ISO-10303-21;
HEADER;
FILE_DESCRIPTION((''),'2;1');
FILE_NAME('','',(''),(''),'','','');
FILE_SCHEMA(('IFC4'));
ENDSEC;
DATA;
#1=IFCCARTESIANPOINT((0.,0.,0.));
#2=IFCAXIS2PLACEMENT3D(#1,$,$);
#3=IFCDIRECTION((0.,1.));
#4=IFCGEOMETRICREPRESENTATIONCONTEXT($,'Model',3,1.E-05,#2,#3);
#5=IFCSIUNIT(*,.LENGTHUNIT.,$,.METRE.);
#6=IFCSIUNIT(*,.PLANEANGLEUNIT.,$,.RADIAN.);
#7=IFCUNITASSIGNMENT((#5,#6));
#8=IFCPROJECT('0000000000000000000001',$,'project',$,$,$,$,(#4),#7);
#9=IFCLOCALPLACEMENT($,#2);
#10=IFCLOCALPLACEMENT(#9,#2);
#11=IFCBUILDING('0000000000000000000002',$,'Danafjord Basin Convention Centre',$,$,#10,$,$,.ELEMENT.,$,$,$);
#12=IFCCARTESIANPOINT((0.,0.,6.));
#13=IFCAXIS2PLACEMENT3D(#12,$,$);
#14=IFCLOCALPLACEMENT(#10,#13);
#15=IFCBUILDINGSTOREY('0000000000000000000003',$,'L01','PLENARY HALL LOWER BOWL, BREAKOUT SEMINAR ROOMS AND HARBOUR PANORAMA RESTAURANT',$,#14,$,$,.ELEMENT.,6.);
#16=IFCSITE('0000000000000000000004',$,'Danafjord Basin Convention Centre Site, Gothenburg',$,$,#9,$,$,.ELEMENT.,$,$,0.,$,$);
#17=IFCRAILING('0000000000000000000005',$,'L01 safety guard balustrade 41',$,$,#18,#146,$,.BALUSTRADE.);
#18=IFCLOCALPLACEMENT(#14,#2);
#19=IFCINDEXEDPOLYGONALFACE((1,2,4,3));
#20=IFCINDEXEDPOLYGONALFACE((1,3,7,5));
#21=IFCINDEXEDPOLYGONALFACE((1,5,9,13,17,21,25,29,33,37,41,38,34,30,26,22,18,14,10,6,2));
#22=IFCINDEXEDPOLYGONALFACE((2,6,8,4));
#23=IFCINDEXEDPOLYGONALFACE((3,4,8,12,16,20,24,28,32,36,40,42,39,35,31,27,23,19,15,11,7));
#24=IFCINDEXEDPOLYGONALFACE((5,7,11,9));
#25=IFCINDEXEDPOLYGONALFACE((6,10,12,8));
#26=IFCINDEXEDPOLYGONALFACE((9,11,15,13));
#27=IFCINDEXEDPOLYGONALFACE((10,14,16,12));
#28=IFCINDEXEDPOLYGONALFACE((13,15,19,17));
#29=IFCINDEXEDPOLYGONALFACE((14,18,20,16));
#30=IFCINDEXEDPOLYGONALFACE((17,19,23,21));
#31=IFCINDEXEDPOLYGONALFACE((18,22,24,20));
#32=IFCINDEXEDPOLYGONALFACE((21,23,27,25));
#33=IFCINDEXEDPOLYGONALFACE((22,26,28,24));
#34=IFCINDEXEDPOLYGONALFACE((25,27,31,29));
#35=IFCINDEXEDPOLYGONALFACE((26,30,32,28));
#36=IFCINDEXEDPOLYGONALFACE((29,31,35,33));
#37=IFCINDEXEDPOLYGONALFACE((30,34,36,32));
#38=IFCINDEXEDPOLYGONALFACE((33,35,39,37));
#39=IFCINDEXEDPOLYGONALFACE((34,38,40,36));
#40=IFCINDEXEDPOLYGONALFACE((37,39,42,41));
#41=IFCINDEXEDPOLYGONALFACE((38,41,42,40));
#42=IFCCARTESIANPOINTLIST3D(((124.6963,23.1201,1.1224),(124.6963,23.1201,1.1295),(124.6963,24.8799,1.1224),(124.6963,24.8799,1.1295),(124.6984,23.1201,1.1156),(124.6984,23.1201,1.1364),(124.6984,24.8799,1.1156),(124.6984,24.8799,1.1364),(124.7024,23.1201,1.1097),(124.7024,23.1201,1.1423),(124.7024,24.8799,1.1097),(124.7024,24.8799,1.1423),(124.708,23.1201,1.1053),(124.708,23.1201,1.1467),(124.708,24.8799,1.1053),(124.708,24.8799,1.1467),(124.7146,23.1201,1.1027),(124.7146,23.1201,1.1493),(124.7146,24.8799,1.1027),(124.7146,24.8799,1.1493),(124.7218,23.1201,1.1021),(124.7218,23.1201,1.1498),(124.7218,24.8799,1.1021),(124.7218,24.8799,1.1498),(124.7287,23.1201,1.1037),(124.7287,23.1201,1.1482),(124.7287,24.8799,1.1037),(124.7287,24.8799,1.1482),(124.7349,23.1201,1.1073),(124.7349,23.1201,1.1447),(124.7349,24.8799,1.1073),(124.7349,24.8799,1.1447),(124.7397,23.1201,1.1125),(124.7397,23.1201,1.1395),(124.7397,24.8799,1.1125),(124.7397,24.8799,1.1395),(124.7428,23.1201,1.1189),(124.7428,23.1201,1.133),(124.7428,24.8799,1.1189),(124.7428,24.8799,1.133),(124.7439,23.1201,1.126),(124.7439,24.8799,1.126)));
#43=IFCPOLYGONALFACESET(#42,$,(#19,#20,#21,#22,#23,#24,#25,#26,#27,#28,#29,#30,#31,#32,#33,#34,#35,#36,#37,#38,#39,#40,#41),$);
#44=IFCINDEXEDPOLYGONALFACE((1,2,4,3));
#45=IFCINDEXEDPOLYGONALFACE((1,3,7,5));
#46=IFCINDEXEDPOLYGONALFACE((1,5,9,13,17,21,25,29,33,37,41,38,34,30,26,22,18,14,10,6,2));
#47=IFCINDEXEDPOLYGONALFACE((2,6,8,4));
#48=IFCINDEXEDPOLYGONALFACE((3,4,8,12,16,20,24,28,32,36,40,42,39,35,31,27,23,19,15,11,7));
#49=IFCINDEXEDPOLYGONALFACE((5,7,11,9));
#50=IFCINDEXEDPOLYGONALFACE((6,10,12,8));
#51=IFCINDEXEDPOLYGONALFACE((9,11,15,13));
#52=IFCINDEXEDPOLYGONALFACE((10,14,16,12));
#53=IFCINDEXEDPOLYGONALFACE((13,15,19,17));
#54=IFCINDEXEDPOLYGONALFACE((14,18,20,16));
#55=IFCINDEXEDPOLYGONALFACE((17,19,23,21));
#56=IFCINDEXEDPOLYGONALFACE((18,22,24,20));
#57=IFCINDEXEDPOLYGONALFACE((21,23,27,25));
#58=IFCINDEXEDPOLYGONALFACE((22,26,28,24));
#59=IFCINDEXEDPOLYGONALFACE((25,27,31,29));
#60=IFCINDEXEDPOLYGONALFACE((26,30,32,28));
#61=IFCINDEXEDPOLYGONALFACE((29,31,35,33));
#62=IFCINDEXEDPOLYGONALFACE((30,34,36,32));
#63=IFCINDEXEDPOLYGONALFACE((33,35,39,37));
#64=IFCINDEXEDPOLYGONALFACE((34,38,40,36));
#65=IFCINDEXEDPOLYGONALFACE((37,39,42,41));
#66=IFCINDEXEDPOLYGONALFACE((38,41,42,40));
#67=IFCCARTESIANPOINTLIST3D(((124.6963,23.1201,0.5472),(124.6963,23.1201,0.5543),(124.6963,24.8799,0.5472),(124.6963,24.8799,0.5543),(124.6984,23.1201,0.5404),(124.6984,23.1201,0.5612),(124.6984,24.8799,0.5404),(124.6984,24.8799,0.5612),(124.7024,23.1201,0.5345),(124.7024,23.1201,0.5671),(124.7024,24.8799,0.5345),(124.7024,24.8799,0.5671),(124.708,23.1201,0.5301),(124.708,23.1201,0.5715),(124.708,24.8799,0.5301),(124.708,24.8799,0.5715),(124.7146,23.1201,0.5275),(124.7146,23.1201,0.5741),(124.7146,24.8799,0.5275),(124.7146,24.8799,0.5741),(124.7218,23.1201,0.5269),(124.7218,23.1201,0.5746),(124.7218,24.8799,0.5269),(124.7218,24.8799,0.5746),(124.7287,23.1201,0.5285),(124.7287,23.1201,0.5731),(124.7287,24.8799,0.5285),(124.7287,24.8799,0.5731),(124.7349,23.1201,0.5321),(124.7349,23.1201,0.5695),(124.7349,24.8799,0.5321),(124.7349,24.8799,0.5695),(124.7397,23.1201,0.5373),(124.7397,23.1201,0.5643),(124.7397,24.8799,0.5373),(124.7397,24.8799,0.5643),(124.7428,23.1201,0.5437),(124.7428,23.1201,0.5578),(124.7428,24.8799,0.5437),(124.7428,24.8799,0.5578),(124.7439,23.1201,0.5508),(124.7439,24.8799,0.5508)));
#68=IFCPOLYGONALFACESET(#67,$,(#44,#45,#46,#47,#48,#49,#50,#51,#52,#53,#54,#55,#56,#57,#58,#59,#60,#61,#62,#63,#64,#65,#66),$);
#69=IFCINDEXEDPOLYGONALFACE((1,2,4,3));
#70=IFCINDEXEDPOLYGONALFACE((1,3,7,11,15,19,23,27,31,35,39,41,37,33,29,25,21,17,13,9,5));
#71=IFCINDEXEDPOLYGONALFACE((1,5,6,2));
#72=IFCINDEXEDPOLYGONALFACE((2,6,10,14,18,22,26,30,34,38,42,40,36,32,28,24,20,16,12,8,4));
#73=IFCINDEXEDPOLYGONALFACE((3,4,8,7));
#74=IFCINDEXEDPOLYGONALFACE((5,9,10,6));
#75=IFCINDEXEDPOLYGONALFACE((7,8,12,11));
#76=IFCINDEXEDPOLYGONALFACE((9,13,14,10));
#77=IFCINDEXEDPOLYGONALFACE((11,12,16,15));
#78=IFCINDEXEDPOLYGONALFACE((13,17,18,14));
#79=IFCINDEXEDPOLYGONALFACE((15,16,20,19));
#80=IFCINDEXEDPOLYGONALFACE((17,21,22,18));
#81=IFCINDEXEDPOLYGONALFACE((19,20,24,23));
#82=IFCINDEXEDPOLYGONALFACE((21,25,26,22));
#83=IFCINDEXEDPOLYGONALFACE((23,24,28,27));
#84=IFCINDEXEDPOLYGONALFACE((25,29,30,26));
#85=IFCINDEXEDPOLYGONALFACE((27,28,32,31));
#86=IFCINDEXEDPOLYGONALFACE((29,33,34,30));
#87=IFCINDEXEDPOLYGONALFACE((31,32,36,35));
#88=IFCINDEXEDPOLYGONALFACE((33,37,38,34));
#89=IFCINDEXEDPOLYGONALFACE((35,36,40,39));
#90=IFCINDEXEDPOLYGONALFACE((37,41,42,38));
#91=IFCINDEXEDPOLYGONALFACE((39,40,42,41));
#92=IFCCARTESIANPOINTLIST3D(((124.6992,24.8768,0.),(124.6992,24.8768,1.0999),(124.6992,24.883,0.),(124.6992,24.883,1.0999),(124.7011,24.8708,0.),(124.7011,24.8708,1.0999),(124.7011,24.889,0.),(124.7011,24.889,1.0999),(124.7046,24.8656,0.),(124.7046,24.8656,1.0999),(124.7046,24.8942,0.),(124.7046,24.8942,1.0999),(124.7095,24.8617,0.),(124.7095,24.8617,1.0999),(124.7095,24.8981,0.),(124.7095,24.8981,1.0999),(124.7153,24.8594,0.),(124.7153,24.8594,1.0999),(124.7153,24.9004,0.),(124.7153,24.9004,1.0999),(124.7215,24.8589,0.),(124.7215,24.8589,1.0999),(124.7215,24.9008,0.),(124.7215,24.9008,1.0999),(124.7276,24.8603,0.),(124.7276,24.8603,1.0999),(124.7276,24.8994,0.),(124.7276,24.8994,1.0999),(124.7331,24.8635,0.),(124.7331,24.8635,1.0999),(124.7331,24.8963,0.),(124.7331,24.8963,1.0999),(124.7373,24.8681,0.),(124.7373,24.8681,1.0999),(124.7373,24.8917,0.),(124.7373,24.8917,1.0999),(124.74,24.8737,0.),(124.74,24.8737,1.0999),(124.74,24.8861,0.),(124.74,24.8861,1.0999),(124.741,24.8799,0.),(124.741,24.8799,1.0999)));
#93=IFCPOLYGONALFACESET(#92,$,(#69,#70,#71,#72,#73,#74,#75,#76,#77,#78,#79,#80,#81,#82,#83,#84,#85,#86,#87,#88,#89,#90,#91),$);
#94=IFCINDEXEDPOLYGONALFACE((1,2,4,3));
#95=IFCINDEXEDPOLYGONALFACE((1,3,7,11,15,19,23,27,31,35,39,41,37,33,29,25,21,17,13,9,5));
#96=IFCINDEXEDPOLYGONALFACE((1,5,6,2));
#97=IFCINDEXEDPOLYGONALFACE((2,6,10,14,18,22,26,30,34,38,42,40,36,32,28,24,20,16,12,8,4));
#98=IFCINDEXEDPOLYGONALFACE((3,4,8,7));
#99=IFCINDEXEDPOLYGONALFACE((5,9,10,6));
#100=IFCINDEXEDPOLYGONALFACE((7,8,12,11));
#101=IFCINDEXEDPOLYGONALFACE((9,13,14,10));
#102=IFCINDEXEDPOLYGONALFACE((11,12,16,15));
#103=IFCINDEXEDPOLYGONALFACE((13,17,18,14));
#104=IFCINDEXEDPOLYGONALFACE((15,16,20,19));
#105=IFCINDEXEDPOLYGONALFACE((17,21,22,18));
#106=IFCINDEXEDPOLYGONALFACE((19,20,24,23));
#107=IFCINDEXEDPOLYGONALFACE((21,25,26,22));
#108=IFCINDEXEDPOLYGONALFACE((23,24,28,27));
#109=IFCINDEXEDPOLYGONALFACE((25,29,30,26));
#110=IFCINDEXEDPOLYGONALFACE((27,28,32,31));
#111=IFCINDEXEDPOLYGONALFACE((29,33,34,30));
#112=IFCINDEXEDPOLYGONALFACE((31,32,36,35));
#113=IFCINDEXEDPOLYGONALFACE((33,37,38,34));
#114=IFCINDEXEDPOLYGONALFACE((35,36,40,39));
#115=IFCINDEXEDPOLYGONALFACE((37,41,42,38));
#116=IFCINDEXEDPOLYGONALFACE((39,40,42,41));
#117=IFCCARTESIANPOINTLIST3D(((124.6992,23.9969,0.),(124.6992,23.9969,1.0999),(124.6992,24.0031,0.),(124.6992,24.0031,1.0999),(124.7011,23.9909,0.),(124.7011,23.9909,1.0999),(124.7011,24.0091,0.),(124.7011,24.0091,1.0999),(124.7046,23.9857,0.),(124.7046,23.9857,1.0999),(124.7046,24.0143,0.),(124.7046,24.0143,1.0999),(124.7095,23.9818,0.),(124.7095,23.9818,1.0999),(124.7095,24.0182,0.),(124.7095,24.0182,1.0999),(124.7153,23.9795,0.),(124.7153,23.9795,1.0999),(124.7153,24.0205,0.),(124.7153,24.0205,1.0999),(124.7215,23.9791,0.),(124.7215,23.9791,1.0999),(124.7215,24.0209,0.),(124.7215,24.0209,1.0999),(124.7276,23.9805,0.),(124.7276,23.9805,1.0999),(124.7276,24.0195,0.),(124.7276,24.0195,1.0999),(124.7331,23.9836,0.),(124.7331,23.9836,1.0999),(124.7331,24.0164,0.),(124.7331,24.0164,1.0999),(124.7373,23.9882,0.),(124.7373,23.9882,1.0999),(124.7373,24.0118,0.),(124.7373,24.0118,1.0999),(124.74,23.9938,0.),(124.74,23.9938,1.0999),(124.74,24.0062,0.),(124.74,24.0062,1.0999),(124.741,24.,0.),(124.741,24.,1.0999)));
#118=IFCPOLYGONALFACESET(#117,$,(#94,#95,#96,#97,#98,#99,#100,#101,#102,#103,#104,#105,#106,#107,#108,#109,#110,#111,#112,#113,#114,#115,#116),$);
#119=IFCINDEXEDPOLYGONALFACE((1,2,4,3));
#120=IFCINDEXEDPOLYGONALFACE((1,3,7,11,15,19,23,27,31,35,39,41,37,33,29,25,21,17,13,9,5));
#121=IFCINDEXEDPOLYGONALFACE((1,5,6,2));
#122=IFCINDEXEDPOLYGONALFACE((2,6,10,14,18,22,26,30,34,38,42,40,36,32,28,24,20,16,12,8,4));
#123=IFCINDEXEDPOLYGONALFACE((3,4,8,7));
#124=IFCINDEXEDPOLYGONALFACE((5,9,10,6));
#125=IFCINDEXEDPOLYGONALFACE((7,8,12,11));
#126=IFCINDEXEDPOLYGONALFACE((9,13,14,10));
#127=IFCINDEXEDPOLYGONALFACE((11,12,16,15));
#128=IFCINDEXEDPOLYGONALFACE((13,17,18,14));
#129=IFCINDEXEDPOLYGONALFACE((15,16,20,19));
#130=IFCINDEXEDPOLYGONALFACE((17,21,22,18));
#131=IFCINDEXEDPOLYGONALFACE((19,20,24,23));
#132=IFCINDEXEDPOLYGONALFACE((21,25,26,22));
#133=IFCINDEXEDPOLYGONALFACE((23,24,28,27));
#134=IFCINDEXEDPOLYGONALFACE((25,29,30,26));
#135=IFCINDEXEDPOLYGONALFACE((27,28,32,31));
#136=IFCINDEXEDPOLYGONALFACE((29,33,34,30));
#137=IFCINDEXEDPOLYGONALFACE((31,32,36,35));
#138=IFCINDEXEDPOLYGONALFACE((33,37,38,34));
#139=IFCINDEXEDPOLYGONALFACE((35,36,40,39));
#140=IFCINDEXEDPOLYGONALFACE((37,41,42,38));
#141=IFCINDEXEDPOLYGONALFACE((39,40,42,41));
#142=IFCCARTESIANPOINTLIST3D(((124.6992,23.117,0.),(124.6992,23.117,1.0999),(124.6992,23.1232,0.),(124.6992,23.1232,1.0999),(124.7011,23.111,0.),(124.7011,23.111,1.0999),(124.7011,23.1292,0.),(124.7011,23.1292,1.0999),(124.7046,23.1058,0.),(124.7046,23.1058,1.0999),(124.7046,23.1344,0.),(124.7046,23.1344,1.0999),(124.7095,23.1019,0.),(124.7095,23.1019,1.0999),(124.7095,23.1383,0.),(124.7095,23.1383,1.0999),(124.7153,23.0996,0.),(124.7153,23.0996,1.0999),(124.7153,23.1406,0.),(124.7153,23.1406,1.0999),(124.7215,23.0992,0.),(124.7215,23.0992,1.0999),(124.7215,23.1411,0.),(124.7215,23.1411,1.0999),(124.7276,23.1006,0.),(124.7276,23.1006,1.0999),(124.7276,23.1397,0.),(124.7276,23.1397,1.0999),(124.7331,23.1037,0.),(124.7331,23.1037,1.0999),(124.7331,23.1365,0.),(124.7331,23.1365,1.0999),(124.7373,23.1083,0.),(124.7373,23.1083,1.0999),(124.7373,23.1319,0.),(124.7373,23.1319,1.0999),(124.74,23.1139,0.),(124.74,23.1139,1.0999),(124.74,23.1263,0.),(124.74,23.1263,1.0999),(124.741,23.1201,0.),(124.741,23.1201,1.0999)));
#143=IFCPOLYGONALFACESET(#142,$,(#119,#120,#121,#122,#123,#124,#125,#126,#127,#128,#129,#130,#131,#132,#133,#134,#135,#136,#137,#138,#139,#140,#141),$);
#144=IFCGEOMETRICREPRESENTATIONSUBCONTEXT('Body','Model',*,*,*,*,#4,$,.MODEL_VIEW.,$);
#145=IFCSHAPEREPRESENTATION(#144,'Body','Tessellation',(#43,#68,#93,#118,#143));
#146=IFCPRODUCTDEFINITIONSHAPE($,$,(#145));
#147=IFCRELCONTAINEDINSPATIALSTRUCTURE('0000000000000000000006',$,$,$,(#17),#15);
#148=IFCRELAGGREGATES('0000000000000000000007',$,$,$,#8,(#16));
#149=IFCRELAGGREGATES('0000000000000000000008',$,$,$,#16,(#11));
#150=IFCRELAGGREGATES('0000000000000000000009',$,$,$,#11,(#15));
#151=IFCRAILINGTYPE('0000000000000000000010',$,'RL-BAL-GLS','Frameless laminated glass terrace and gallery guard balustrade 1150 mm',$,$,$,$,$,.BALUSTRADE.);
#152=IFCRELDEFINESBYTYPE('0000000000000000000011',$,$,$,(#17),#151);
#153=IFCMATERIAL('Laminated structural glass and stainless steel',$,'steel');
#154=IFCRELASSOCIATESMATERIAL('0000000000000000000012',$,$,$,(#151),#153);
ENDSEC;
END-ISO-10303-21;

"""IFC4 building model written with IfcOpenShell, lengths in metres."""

from ifc_helpers import new_model, si_unit, direction, frame, origin, origin_2d, place, context, subcontext, project, spatial, circle, extrude, material, type_object, element, save


model = new_model("IFC4")

# Units and contexts
model_context = context("Model", 3, precision=1e-05, world=origin(), true_north=direction((0.0, 1.0)))
body_context = subcontext(model_context, "Body", "Model", "MODEL_VIEW")
ifc_project = project(units=[si_unit("LENGTHUNIT", "METRE"), si_unit("PLANEANGLEUNIT", "RADIAN")], contexts=[model_context])

# Site, building, storey
site_placement = place(None, origin())
site = spatial("IfcSite", under=ifc_project, at=site_placement, Name="Danafjord Basin Convention Centre Site, Gothenburg", CompositionType="ELEMENT", RefElevation=0.0)
building_placement = place(site_placement, origin())
building = spatial("IfcBuilding", under=site, at=building_placement, Name="Danafjord Basin Convention Centre", CompositionType="ELEMENT")
storey_placement = place(building_placement, frame((0.0, 0.0, 6.0)))
storey = spatial("IfcBuildingStorey", under=building, at=storey_placement, Name="L01", Description="PLENARY HALL LOWER BOWL, BREAKOUT SEMINAR ROOMS AND HARBOUR PANORAMA RESTAURANT", CompositionType="ELEMENT", Elevation=6.0)

# Railing
ifc_material_1 = material(Name="Laminated structural glass and stainless steel", Category="steel")
railing_type = type_object("IfcRailingType", Name="RL-BAL-GLS", Description="Frameless laminated glass terrace and gallery guard balustrade 1150 mm", PredefinedType="BALUSTRADE", material=ifc_material_1)
for number, where, name in (
    (1, (124.72, 24.8799, 0.0), "L01 safety guard balustrade 41"),
):
    element("IfcRailing", number, at=place(storey_placement, frame(where)), inside=storey, type_object=railing_type, Name=name, PredefinedType="BALUSTRADE", context=body_context, shape_type="SweptSolid", body=[
        extrude(circle(Radius=0.0239, at=origin_2d()), frame((0.0, 0.0, 1.126), z_axis=(0.0, -1.0, 0.0), x_axis=(1.0, 0.0, 0.0)), (0.0, 0.0, 1.0), 1.7598),
        extrude(circle(Radius=0.0239, at=origin_2d()), frame((0.0, 0.0, 0.5508), z_axis=(0.0, -1.0, 0.0), x_axis=(1.0, 0.0, 0.0)), (0.0, 0.0, 1.0), 1.7598),
        extrude(circle(Radius=0.021, at=origin_2d()), origin(), (0.0, 0.0, 1.0), 1.0999),
        extrude(circle(Radius=0.021, at=origin_2d()), frame((0.0, -0.8799, 0.0)), (0.0, 0.0, 1.0), 1.0999),
        extrude(circle(Radius=0.021, at=origin_2d()), frame((0.0, -1.7598, 0.0)), (0.0, 0.0, 1.0), 1.0999),
    ])

save(model, "model.ifc")
